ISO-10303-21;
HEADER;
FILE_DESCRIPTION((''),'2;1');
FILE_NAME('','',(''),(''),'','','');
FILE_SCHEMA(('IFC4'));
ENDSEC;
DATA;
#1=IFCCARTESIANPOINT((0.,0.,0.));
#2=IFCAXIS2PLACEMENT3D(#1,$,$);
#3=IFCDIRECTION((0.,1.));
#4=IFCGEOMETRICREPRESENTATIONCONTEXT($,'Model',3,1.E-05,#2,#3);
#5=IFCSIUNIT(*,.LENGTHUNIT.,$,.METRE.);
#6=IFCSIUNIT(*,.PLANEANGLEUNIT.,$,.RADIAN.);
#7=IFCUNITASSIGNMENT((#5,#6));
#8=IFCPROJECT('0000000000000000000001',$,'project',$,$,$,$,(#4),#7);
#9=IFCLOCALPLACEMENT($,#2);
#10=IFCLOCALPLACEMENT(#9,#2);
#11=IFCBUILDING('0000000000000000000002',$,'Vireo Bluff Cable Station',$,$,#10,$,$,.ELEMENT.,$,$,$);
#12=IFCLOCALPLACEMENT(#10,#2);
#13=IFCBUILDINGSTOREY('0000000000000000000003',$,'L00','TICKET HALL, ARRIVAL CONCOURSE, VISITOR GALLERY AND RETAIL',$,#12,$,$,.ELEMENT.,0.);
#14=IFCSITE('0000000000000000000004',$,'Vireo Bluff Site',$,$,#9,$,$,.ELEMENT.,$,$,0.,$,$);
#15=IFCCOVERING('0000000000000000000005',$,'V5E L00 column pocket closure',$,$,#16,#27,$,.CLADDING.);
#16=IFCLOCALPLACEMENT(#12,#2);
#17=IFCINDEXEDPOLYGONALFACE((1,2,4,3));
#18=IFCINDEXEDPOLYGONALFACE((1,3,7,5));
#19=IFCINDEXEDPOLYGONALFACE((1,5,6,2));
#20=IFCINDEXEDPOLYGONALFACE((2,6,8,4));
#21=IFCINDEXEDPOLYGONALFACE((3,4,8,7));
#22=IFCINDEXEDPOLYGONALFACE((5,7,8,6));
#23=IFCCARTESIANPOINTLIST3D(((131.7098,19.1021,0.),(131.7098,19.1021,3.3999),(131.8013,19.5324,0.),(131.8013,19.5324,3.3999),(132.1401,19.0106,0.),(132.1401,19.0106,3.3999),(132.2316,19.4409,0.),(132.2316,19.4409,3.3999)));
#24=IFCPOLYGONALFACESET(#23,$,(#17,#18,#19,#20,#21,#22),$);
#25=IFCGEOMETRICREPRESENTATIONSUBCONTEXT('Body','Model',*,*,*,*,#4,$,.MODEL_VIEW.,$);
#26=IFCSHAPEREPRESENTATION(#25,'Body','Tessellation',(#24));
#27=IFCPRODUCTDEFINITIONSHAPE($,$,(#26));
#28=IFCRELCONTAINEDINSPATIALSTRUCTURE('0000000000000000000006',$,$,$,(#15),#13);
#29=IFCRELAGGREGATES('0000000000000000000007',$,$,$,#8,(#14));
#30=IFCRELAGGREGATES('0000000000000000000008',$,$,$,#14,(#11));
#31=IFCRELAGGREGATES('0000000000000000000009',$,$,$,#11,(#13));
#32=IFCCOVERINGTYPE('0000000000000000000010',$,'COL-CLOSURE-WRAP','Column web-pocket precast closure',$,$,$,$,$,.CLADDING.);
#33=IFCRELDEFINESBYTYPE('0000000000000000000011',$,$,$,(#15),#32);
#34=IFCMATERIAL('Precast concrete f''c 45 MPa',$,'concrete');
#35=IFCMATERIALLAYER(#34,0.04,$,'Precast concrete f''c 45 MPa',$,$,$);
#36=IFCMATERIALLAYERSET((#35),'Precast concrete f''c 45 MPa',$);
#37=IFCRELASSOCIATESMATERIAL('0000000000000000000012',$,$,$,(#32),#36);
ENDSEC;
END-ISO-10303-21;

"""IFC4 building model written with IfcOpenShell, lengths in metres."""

from ifc_helpers import new_model, si_unit, direction, frame, origin, origin_2d, place, context, subcontext, project, spatial, rectangle, extrude, material, layer, layer_set, type_object, element, save


model = new_model("IFC4")

# Units and contexts
model_context = context("Model", 3, precision=1e-05, world=origin(), true_north=direction((0.0, 1.0)))
body_context = subcontext(model_context, "Body", "Model", "MODEL_VIEW")
ifc_project = project(units=[si_unit("LENGTHUNIT", "METRE"), si_unit("PLANEANGLEUNIT", "RADIAN")], contexts=[model_context])

# Site, building, storey
site_placement = place(None, origin())
site = spatial("IfcSite", under=ifc_project, at=site_placement, Name="Vireo Bluff Site", CompositionType="ELEMENT", RefElevation=0.0)
building_placement = place(site_placement, origin())
building = spatial("IfcBuilding", under=site, at=building_placement, Name="Vireo Bluff Cable Station", CompositionType="ELEMENT")
storey_placement = place(building_placement, origin())
storey = spatial("IfcBuildingStorey", under=building, at=storey_placement, Name="L00", Description="TICKET HALL, ARRIVAL CONCOURSE, VISITOR GALLERY AND RETAIL", CompositionType="ELEMENT", Elevation=0.0)

# Covering
ifc_material_1 = material(Name="Precast concrete f'c 45 MPa", Category="concrete")
ifc_layer_1 = layer(ifc_material_1, 0.04, Name="Precast concrete f'c 45 MPa")
ifc_layer_set_1 = layer_set([ifc_layer_1], Name="Precast concrete f'c 45 MPa")
covering_type = type_object("IfcCoveringType", Name="COL-CLOSURE-WRAP", Description="Column web-pocket precast closure", PredefinedType="CLADDING", material=ifc_layer_set_1)
covering_placement = place(storey_placement, frame((131.9707, 19.2715, 0.0), z_axis=(0.0, 0.0, 1.0), x_axis=(0.978148, -0.207912, 0.0)))
element("IfcCovering", 1, at=covering_placement, inside=storey, type_object=covering_type, Name="V5E L00 column pocket closure", PredefinedType="CLADDING", context=body_context, shape_type="SweptSolid", body=[
    extrude(rectangle(XDim=0.4399, YDim=0.4399, at=origin_2d()), origin(), (0.0, 0.0, 1.0), 3.3999),
])

save(model, "model.ifc")
